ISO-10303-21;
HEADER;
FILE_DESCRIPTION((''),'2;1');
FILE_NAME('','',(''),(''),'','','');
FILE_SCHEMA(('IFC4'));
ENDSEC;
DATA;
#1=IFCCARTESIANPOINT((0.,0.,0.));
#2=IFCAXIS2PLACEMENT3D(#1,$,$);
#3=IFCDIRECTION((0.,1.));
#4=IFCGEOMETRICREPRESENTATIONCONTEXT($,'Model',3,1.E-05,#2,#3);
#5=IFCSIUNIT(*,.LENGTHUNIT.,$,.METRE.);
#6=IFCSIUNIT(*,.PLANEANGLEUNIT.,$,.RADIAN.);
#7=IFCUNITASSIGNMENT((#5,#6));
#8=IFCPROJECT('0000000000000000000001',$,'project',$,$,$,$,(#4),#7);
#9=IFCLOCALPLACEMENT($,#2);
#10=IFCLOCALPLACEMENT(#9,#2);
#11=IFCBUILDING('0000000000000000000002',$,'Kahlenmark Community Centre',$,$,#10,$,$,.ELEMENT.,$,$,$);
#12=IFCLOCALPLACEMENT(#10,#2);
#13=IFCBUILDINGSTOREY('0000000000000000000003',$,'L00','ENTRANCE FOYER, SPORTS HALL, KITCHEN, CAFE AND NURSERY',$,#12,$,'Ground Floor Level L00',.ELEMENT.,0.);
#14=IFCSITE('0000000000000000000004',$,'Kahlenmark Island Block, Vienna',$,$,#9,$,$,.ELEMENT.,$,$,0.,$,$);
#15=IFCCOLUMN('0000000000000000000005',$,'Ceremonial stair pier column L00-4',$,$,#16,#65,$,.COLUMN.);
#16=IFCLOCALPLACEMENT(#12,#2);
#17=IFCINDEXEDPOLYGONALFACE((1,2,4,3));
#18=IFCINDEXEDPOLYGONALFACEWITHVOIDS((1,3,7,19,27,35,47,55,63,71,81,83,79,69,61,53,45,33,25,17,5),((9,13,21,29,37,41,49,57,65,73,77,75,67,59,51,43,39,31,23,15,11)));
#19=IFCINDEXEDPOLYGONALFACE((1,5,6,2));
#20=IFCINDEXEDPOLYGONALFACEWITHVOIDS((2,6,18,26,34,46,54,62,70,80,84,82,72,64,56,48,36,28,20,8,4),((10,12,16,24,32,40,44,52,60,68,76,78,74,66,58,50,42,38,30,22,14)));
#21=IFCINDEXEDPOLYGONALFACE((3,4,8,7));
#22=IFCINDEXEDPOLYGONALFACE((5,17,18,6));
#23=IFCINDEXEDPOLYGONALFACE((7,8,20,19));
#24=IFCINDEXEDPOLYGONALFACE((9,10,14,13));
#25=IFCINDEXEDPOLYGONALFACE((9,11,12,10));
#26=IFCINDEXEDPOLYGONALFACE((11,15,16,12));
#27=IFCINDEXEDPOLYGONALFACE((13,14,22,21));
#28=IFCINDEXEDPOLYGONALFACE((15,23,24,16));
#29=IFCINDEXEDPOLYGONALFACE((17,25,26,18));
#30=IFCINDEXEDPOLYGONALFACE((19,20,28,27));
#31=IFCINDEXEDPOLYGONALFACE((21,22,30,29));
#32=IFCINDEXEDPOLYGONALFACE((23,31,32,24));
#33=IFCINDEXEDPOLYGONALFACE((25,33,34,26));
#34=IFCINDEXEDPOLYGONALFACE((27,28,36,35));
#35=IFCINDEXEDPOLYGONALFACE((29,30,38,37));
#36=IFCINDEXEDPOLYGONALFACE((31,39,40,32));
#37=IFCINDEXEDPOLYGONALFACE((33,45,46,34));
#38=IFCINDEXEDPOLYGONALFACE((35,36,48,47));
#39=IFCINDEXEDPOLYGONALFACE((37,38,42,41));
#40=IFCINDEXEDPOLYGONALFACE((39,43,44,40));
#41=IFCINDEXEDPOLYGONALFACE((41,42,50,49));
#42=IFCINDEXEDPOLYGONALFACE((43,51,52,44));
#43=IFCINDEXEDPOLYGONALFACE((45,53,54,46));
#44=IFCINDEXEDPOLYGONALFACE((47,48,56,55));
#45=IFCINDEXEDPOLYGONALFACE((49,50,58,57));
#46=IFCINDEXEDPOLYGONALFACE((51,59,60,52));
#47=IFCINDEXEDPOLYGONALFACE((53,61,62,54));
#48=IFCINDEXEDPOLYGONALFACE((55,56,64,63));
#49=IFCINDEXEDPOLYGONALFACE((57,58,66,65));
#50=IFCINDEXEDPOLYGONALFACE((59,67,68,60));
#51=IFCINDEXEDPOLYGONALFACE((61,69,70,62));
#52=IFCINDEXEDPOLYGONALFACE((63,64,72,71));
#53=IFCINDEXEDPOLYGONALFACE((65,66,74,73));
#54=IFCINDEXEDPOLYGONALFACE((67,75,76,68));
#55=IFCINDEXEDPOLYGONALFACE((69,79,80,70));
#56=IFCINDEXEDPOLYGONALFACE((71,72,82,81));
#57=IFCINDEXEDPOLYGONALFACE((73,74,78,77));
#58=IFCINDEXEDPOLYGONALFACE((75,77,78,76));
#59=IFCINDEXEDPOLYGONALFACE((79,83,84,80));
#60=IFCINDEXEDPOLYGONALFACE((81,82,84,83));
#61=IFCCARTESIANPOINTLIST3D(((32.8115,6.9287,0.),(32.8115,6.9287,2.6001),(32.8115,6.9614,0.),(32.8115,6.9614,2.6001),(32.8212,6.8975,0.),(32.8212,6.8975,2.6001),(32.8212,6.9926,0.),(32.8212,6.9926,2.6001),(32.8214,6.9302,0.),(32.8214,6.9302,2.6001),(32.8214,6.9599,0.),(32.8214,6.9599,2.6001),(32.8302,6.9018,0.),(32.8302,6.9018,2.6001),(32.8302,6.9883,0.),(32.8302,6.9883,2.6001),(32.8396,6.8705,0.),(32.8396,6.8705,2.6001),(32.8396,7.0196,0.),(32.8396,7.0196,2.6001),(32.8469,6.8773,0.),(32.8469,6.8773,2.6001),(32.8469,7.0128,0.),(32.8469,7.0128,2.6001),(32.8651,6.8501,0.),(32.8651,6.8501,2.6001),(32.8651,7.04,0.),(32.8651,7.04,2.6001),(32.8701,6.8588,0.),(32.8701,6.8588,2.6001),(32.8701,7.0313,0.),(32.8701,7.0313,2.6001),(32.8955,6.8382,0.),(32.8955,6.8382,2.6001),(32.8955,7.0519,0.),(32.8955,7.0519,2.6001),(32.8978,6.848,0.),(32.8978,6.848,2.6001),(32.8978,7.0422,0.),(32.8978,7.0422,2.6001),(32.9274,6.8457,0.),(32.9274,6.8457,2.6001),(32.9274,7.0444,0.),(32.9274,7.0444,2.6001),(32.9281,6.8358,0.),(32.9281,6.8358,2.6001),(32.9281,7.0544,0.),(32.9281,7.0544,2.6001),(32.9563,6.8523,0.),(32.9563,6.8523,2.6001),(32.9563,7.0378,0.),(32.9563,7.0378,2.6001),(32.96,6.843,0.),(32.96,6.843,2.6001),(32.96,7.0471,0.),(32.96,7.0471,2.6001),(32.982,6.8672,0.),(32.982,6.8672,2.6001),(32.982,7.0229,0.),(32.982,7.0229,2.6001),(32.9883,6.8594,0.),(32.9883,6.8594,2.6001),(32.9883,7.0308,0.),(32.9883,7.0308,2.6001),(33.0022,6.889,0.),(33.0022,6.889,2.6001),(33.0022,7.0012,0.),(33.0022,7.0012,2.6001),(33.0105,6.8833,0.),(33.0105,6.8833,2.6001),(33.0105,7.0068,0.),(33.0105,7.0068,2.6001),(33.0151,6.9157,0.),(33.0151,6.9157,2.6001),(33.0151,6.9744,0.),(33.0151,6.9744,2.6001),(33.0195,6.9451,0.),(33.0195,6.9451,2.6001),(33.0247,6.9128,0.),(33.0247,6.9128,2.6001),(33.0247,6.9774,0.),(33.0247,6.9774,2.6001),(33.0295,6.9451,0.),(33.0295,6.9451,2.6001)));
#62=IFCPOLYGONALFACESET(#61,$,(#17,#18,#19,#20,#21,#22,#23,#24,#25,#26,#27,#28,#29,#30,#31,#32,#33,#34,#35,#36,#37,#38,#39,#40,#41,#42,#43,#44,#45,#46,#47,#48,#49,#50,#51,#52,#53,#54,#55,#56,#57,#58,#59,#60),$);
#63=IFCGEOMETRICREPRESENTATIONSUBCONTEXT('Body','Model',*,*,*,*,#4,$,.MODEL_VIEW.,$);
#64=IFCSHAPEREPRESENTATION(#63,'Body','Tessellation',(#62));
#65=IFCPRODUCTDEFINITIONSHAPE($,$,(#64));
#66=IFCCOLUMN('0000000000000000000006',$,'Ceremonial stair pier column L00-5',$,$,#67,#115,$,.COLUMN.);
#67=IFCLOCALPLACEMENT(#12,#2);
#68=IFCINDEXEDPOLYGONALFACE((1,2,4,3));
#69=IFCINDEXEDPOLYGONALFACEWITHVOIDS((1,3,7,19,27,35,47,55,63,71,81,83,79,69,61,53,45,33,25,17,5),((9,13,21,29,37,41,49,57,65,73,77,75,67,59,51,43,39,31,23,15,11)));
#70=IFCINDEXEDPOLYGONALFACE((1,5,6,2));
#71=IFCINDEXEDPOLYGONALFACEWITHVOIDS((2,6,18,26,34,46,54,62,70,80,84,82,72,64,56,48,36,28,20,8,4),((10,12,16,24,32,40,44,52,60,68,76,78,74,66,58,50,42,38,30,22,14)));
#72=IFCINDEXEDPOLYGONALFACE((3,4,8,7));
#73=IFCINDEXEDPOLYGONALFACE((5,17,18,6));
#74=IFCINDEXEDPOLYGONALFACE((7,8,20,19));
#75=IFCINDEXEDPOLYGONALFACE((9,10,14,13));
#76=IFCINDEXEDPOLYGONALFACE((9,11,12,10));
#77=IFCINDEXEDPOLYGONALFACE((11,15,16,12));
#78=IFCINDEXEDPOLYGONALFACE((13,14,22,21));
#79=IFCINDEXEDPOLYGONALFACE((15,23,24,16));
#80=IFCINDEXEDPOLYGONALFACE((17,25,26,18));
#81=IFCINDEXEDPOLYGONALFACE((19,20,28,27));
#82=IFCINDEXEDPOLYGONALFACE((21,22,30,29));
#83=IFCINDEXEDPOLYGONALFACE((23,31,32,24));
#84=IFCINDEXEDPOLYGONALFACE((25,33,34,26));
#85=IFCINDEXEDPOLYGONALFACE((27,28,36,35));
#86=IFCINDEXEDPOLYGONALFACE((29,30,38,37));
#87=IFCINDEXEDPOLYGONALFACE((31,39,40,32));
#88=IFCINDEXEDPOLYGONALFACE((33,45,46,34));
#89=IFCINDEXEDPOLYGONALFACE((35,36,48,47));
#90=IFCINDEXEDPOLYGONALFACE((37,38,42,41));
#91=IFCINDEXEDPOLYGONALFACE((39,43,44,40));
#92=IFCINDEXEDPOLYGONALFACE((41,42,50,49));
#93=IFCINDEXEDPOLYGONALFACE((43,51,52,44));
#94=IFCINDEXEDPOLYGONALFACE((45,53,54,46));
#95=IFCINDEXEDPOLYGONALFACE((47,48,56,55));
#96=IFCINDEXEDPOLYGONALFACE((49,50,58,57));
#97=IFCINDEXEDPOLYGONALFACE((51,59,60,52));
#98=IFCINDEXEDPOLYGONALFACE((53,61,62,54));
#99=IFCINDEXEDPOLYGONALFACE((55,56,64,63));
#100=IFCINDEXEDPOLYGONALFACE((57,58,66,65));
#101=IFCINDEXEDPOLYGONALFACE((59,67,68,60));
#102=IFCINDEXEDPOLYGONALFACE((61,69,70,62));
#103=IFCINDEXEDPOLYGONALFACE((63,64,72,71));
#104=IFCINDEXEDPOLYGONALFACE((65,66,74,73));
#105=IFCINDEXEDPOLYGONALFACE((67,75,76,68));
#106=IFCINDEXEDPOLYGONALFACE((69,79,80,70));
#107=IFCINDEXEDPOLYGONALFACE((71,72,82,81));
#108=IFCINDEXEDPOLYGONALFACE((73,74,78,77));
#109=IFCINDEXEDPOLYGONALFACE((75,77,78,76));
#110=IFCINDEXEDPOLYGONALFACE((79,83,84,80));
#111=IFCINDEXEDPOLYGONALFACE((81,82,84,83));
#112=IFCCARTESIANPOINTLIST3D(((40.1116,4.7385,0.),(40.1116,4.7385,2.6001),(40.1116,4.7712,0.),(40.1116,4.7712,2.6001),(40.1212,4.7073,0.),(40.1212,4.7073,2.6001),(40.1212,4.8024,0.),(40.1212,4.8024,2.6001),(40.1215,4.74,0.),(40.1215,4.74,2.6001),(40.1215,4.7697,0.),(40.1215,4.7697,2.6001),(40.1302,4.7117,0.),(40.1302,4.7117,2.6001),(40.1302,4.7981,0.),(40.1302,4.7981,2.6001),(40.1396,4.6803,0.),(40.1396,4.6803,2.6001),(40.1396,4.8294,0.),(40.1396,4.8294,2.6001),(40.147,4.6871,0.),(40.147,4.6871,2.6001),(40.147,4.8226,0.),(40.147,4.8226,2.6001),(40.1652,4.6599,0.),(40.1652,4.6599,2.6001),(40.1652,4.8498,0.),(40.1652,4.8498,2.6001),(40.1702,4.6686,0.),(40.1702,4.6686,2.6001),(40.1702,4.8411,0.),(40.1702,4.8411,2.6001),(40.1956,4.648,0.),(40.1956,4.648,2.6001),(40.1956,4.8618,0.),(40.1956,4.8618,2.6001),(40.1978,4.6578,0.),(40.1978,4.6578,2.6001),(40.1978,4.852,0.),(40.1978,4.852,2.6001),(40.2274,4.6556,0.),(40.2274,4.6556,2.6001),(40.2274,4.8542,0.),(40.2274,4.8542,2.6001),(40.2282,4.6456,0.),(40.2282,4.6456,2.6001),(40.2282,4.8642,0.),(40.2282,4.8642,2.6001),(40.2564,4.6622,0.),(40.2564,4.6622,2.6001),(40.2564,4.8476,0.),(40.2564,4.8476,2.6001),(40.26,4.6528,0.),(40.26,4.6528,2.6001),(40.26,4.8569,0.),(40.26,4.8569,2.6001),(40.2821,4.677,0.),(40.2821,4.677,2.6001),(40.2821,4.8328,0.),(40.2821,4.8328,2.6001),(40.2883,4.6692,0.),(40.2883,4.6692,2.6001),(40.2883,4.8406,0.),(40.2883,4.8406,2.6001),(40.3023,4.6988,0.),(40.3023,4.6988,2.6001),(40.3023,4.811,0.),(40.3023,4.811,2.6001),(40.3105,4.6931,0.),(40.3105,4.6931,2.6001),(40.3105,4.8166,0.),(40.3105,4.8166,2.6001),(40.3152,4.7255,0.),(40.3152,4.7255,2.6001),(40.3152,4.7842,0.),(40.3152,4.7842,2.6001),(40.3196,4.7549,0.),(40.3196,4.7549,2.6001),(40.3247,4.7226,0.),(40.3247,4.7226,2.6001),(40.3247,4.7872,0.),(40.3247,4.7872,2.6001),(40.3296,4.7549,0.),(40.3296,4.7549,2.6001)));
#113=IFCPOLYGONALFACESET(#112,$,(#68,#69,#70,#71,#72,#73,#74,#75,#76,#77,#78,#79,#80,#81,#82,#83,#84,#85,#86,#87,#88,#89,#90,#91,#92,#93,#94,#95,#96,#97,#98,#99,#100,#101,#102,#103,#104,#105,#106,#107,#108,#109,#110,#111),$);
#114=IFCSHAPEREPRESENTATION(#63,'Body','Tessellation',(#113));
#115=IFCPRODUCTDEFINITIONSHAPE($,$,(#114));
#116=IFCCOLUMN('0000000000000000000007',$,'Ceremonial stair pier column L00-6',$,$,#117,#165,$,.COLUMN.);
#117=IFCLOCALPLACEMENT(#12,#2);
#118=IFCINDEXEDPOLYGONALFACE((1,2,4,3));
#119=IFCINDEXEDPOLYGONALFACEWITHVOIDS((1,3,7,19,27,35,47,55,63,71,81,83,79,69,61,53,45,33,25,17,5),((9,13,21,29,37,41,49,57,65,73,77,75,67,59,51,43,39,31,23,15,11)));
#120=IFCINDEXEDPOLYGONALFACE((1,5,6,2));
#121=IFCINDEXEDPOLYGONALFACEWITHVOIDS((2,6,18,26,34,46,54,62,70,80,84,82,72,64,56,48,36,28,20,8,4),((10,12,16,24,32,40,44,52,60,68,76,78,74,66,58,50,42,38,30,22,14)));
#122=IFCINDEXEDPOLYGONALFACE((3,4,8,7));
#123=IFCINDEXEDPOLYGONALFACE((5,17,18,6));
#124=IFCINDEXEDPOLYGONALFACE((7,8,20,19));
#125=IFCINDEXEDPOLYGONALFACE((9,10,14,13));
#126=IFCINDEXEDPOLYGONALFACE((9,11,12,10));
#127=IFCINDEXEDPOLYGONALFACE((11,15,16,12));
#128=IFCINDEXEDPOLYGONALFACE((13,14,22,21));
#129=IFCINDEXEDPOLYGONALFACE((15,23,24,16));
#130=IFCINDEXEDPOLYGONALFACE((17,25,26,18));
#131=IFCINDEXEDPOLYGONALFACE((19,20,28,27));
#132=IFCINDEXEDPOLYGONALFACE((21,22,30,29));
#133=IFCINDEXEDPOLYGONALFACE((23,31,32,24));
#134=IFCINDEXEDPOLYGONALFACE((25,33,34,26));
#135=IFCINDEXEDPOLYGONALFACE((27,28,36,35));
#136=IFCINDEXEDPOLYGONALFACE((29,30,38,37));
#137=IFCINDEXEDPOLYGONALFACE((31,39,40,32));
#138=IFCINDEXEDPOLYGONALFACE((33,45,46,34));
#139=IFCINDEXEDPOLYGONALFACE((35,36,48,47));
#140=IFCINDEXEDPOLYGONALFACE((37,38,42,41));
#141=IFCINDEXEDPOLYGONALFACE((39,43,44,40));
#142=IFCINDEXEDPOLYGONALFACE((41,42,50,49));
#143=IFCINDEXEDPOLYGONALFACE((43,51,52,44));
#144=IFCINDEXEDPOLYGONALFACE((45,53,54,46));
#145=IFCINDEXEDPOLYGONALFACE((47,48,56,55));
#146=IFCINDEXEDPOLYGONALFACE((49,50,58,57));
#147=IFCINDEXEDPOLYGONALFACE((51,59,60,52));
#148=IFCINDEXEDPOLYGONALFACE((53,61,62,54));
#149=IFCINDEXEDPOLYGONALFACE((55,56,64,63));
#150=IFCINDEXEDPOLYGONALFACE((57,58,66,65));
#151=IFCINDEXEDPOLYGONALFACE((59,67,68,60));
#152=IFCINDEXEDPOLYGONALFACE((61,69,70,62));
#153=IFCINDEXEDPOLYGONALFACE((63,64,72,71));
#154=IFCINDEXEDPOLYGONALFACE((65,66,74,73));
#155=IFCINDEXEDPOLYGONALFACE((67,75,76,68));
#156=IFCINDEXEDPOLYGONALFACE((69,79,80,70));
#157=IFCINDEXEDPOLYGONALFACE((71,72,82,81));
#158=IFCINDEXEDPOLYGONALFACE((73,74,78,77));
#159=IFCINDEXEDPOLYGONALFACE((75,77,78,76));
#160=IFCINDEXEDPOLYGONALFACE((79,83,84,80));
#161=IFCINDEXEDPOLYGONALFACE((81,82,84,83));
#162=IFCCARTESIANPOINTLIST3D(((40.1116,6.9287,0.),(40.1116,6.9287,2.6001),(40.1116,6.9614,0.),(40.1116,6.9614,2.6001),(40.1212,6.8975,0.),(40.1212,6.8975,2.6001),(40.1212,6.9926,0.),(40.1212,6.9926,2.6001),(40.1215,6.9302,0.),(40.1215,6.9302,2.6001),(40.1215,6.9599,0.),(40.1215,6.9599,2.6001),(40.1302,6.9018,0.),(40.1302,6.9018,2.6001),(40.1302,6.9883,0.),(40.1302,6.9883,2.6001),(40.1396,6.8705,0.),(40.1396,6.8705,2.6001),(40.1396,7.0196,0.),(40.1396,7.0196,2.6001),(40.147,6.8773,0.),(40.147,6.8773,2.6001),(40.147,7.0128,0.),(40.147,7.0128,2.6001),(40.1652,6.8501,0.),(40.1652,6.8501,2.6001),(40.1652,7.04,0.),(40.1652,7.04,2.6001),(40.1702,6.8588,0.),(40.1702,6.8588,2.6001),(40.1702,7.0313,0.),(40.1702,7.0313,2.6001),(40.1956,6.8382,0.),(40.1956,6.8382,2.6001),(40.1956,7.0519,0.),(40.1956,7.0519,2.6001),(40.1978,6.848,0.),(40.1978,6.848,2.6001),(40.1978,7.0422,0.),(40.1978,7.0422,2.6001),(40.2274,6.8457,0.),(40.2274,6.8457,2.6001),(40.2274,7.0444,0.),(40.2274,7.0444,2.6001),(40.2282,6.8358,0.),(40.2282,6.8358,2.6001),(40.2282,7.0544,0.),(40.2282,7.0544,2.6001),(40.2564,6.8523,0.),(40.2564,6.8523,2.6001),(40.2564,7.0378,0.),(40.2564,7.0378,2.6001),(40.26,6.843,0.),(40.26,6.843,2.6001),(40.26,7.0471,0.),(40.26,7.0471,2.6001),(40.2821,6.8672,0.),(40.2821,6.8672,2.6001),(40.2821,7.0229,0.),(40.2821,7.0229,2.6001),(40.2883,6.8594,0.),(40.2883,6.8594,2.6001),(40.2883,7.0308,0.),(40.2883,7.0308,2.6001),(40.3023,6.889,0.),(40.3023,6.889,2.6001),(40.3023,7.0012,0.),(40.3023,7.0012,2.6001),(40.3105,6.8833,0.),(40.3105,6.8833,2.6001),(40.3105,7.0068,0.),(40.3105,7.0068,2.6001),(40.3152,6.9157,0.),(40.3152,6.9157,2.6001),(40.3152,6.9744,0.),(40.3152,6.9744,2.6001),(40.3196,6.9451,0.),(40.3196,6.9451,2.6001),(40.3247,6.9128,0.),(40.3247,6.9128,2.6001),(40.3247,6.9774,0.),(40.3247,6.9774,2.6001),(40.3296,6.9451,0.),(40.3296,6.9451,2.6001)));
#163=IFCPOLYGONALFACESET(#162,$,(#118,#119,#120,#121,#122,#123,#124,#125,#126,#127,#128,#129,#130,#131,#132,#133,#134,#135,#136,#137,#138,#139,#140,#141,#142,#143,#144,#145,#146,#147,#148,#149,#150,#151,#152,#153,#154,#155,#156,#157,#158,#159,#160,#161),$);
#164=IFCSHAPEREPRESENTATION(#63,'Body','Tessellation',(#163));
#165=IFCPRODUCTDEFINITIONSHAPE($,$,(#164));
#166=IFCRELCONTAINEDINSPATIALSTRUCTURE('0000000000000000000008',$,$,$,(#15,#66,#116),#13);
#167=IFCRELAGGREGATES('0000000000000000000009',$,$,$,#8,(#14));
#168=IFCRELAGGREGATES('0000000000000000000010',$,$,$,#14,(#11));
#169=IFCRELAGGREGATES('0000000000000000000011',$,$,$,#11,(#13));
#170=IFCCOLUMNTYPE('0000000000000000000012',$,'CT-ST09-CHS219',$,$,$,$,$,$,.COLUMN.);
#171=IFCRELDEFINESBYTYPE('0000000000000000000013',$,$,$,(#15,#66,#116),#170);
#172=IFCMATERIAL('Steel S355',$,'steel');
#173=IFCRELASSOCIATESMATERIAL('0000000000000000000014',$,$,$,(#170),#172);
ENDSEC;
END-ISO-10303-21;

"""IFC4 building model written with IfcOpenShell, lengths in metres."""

from ifc_helpers import new_model, si_unit, direction, frame, origin, origin_2d, place, context, subcontext, project, spatial, hollow_circle, extrude, material, material_profile, profile_set, type_object, element, save


model = new_model("IFC4")

# Units and contexts
model_context = context("Model", 3, precision=1e-05, world=origin(), true_north=direction((0.0, 1.0)))
body_context = subcontext(model_context, "Body", "Model", "MODEL_VIEW")
ifc_project = project(units=[si_unit("LENGTHUNIT", "METRE"), si_unit("PLANEANGLEUNIT", "RADIAN")], contexts=[model_context])

# Site, building, storey
site_placement = place(None, origin())
site = spatial("IfcSite", under=ifc_project, at=site_placement, Name="Kahlenmark Island Block, Vienna", CompositionType="ELEMENT", RefElevation=0.0)
building_placement = place(site_placement, origin())
building = spatial("IfcBuilding", under=site, at=building_placement, Name="Kahlenmark Community Centre", CompositionType="ELEMENT")
storey_placement = place(building_placement, origin())
storey = spatial("IfcBuildingStorey", under=building, at=storey_placement, Name="L00", Description="ENTRANCE FOYER, SPORTS HALL, KITCHEN, CAFE AND NURSERY", LongName="Ground Floor Level L00", CompositionType="ELEMENT", Elevation=0.0)

# Columns
ifc_material_1 = material(Name="Steel S355", Category="steel")
ifc_material_profile_1 = material_profile(ifc_material_1, hollow_circle(Radius=0.1096, WallThickness=0.01, at=origin_2d()), Name="CHS 219.1x10")
ifc_profile_set_1 = profile_set([ifc_material_profile_1], Name="Steel S355")
column_type_1 = type_object("IfcColumnType", Name="CT-ST09-CHS219", PredefinedType="COLUMN", material=ifc_profile_set_1)
for number, where, z_axis, x_axis, name in (
    (1, (32.9199, 6.9451, 0.0), (0.0, 0.0, 1.0), (1.0, 0.0, 0.0), "Ceremonial stair pier column L00-4"),
    (2, (40.22, 4.7549, 0.0), (0.0, 0.0, 1.0), (1.0, 0.0, 0.0), "Ceremonial stair pier column L00-5"),
    (3, (40.22, 6.9451, 0.0), (0.0, 0.0, 1.0), (1.0, 0.0, 0.0), "Ceremonial stair pier column L00-6"),
):
    element("IfcColumn", number, at=place(storey_placement, frame(where, z_axis=z_axis, x_axis=x_axis)), inside=storey, type_object=column_type_1, Name=name, PredefinedType="COLUMN", context=body_context, shape_type="SweptSolid", body=[
        extrude(hollow_circle(Radius=0.1096, WallThickness=0.01, at=origin_2d()), origin(), (0.0, 0.0, 1.0), 2.6001),
    ])

save(model, "model.ifc")
